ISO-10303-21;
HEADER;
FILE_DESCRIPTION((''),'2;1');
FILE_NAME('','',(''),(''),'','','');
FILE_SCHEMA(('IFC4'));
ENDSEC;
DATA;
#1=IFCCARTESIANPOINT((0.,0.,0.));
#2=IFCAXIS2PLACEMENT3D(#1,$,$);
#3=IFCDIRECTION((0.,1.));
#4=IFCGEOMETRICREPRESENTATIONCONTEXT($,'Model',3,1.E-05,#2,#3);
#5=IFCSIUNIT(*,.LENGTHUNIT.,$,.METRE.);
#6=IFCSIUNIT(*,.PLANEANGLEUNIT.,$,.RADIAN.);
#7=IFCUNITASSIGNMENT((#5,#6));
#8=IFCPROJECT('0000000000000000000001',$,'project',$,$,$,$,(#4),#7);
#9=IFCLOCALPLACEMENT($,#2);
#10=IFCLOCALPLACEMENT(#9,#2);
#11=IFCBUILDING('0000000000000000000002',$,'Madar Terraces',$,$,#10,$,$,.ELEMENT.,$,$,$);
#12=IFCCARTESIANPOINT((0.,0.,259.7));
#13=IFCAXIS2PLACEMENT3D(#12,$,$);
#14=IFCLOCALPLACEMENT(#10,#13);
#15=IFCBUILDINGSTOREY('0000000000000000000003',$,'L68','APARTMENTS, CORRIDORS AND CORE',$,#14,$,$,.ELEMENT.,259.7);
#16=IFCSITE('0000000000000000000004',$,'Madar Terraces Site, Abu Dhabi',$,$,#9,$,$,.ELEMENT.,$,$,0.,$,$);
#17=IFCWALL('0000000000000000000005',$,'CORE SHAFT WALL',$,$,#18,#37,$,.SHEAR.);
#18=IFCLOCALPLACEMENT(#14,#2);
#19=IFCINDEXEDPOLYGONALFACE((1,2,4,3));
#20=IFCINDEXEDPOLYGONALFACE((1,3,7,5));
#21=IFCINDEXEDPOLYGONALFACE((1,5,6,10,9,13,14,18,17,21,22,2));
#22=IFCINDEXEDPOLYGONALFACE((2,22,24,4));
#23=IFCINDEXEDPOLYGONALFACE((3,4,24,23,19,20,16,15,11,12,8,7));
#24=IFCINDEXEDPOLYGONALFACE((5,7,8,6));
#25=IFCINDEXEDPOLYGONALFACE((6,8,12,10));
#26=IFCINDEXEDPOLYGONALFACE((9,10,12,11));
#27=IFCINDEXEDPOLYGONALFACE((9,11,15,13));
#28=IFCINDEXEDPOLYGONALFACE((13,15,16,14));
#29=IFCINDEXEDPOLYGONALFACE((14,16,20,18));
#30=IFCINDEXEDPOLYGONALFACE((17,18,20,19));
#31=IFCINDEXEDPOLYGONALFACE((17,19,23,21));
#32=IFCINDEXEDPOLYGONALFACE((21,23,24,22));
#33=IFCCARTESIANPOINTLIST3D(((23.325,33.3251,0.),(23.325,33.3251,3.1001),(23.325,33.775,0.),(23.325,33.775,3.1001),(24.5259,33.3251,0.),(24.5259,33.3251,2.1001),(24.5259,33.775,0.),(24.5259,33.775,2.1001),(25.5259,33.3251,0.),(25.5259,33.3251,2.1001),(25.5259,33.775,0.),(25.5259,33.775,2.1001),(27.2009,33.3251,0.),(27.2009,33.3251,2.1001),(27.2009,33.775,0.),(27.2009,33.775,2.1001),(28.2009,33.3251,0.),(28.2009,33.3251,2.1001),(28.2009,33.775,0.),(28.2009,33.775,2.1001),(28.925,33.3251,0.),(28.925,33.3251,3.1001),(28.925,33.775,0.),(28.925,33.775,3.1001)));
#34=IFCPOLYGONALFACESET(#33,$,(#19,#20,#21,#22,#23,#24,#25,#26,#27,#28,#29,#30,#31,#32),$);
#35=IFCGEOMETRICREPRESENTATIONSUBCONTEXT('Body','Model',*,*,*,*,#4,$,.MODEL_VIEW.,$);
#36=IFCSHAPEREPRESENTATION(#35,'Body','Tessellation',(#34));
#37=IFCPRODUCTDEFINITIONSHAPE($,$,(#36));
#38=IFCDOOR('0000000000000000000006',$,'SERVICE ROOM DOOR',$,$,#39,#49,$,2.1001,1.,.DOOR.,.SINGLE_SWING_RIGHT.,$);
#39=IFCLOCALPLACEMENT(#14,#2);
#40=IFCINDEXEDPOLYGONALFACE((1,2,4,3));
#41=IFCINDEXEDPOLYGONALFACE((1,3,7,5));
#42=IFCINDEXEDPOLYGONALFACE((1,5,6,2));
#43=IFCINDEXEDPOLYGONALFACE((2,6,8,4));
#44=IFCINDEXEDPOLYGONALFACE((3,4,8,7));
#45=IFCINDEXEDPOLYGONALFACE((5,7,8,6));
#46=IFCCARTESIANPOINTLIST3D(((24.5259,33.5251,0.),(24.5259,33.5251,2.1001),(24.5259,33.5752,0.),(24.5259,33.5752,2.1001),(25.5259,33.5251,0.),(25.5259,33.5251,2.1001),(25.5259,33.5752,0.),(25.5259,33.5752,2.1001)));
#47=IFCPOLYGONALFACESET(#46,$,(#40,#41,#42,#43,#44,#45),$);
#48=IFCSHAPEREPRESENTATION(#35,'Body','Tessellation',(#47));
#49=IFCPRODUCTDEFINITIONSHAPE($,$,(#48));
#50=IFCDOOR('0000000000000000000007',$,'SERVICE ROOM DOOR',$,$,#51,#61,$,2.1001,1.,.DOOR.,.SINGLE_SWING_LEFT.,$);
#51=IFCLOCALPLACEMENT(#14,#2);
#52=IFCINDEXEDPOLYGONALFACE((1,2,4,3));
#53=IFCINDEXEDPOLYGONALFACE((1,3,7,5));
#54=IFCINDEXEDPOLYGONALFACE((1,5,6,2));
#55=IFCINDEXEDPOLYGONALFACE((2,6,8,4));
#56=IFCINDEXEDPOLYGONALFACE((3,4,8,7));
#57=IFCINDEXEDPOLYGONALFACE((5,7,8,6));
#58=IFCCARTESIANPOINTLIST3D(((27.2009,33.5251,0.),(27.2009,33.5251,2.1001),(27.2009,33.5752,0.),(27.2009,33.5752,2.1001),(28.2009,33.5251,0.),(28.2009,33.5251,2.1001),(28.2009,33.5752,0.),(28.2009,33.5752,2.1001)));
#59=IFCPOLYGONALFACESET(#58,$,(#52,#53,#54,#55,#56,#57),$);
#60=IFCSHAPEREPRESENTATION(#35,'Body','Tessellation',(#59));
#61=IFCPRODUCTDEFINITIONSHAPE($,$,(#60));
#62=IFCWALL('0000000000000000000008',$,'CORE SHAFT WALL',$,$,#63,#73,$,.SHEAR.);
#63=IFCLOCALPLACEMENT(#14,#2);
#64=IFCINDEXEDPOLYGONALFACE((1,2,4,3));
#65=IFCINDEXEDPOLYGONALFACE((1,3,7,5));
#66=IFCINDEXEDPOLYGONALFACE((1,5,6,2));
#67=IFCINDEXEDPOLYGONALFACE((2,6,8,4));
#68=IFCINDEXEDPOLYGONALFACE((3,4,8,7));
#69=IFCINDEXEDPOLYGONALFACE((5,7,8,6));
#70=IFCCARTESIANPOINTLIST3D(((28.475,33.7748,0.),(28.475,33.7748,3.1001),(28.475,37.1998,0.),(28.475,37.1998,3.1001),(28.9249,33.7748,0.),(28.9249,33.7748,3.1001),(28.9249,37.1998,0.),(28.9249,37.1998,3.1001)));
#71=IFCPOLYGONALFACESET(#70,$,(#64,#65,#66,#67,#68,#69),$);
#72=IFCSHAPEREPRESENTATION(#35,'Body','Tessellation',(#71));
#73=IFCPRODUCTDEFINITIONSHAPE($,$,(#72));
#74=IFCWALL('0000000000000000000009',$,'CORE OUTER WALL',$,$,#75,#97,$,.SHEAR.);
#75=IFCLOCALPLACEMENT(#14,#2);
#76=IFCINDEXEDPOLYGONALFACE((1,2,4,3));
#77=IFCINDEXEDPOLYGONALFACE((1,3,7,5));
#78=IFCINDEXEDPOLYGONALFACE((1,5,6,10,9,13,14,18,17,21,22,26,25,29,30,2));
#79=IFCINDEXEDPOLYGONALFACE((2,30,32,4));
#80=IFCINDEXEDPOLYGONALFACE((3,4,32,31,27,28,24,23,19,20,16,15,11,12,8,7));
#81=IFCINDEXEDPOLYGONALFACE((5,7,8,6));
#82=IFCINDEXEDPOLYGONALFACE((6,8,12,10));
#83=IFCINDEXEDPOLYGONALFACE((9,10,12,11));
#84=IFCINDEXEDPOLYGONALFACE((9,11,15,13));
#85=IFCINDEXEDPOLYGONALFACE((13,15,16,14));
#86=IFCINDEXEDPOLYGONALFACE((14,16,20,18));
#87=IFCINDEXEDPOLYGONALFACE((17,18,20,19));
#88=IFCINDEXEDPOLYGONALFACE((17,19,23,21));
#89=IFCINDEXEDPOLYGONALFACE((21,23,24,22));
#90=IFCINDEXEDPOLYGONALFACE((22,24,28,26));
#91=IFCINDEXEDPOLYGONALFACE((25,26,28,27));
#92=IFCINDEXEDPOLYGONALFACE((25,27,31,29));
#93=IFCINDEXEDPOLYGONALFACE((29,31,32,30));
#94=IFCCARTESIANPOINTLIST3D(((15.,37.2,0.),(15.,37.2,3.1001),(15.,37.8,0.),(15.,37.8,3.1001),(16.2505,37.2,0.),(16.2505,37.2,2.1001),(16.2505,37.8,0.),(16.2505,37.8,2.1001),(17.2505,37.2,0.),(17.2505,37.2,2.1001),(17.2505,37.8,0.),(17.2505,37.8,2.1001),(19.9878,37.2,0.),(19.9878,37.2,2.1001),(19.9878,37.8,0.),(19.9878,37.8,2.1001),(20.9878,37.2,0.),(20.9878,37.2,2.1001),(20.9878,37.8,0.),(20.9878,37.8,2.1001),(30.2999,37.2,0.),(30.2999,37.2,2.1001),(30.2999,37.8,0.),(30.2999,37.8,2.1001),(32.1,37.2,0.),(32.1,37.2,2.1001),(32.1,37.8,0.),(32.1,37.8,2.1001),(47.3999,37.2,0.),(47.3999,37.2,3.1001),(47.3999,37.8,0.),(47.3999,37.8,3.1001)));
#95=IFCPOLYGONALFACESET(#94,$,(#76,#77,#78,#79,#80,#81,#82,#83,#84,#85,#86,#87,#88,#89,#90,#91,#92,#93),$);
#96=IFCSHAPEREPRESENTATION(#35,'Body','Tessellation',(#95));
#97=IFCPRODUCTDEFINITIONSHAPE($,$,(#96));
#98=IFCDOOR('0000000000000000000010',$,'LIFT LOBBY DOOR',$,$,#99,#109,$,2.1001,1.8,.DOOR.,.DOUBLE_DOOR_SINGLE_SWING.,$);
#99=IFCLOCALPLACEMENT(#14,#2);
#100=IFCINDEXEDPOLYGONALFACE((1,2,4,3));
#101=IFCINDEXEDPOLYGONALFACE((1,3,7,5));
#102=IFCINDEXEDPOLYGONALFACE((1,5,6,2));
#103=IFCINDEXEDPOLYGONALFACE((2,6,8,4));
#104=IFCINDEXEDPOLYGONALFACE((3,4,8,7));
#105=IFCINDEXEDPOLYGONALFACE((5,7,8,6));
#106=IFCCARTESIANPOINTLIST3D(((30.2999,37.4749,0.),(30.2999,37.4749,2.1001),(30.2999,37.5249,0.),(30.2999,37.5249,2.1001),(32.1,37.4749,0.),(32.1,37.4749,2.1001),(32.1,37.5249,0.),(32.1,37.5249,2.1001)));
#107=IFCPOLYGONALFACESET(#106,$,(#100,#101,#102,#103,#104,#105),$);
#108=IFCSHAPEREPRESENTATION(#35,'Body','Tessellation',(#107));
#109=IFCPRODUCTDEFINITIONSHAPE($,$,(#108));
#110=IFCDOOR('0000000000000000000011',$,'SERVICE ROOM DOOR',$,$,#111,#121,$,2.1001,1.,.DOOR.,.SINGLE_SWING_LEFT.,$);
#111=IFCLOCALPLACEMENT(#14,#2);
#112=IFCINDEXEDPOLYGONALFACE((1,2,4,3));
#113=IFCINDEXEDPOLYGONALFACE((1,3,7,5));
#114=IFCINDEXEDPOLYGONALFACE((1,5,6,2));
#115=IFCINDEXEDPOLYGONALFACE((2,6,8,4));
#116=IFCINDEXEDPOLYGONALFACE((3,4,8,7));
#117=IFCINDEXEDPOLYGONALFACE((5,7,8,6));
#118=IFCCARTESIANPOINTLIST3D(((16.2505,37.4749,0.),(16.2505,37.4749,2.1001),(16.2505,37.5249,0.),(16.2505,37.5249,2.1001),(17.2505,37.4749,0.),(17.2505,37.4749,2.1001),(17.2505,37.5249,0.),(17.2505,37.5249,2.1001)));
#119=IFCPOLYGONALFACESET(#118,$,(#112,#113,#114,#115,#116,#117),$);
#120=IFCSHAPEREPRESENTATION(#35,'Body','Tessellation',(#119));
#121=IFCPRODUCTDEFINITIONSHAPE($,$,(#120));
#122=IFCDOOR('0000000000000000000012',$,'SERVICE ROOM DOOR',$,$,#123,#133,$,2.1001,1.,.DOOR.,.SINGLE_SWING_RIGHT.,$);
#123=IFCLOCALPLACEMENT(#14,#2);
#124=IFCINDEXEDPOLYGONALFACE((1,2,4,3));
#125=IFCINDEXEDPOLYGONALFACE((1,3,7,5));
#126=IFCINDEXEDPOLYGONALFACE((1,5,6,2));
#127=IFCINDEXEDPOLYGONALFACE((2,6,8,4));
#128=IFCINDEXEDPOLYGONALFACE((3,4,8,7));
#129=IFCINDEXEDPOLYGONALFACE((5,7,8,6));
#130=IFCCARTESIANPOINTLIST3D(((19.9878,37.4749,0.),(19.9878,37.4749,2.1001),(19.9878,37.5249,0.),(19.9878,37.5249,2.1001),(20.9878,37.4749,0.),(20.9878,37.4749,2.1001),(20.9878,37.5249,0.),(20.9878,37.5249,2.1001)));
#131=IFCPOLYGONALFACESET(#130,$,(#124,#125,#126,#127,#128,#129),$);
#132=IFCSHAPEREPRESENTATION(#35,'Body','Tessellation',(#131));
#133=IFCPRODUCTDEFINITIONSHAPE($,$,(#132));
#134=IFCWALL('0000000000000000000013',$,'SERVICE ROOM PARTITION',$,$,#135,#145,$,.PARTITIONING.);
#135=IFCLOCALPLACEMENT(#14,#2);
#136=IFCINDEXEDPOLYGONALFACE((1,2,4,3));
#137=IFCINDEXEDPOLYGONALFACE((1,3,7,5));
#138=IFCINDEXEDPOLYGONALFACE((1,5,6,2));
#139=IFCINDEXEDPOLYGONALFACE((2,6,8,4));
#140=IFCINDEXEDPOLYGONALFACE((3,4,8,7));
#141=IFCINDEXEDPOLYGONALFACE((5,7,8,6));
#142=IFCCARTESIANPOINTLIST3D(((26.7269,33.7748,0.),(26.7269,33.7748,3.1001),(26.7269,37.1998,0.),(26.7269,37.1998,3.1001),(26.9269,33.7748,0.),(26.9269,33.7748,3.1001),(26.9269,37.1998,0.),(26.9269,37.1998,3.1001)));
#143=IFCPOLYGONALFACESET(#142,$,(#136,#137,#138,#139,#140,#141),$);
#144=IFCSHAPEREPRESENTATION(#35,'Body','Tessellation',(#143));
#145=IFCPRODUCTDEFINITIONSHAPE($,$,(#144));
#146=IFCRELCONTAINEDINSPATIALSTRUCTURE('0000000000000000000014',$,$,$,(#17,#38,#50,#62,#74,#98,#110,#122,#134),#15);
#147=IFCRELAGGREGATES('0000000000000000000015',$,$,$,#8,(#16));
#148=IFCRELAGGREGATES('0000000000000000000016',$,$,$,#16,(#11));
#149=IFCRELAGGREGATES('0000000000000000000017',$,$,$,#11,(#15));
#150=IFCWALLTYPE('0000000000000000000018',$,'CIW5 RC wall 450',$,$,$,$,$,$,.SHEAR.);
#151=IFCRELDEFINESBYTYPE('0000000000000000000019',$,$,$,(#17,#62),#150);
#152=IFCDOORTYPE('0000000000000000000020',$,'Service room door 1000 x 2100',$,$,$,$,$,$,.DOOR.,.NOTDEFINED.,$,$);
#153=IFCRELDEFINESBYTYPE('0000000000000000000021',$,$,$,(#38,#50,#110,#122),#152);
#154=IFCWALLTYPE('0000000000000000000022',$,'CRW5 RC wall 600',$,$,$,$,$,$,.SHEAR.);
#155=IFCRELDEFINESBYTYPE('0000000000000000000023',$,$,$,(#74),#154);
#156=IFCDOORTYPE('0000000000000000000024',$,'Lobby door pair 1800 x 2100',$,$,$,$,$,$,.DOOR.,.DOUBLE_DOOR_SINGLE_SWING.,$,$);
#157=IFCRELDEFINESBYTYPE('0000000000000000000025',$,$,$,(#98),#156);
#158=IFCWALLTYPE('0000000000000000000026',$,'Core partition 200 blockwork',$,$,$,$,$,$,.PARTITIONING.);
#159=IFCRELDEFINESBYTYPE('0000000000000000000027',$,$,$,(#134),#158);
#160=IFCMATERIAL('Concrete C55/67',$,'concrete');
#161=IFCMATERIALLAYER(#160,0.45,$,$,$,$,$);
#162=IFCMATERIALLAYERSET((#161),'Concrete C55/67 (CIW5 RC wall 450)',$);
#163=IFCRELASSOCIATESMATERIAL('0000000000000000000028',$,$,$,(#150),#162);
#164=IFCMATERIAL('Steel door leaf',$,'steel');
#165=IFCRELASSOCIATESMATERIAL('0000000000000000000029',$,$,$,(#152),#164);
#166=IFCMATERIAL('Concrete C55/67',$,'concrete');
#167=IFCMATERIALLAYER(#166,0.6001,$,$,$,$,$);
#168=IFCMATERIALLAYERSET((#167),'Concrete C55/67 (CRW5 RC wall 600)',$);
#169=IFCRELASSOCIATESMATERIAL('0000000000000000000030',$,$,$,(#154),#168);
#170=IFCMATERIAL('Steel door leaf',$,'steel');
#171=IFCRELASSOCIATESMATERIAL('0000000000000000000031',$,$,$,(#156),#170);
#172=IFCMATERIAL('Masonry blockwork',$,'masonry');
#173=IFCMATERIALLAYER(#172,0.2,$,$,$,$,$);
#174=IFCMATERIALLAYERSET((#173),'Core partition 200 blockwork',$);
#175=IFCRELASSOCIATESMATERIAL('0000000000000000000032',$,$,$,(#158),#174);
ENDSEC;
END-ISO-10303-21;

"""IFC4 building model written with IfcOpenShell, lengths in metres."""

from ifc_helpers import new_model, si_unit, direction, frame, frame_2d, origin, place, context, subcontext, project, spatial, rectangle, extrude, material, layer, layer_set, type_object, element, fill, save


model = new_model("IFC4")

# Units and contexts
model_context = context("Model", 3, precision=1e-05, world=origin(), true_north=direction((0.0, 1.0)))
body_context = subcontext(model_context, "Body", "Model", "MODEL_VIEW")
ifc_project = project(units=[si_unit("LENGTHUNIT", "METRE"), si_unit("PLANEANGLEUNIT", "RADIAN")], contexts=[model_context])

# Site, building, storey
site_placement = place(None, origin())
site = spatial("IfcSite", under=ifc_project, at=site_placement, Name="Madar Terraces Site, Abu Dhabi", CompositionType="ELEMENT", RefElevation=0.0)
building_placement = place(site_placement, origin())
building = spatial("IfcBuilding", under=site, at=building_placement, Name="Madar Terraces", CompositionType="ELEMENT")
storey_placement = place(building_placement, frame((0.0, 0.0, 259.7)))
storey = spatial("IfcBuildingStorey", under=building, at=storey_placement, Name="L68", Description="APARTMENTS, CORRIDORS AND CORE", CompositionType="ELEMENT", Elevation=259.7)

# Wall, openings, doors
ifc_material_1 = material(Name="Concrete C55/67", Category="concrete")
ifc_layer_1 = layer(ifc_material_1, 0.45)
ifc_layer_set_1 = layer_set([ifc_layer_1], Name="Concrete C55/67 (CIW5 RC wall 450)")
wall_type_1 = type_object("IfcWallType", Name="CIW5 RC wall 450", PredefinedType="SHEAR", material=ifc_layer_set_1)
wall_1_placement = place(storey_placement, frame((23.325, 33.55, 0.0), z_axis=(0.0, 0.0, 1.0), x_axis=(1.0, 0.0, 0.0)))
wall_1 = element("IfcWall", 1, at=wall_1_placement, inside=storey, type_object=wall_type_1, Name="CORE SHAFT WALL", PredefinedType="SHEAR", context=body_context, shape_type="SweptSolid", body=[
    extrude(rectangle(XDim=5.6001, YDim=0.45, at=frame_2d((2.8, 0.0))), origin(), (0.0, 0.0, 1.0), 3.1001),
])
opening_1_placement = place(wall_1_placement, frame((1.2009, 0.0, 0.0)))
opening_1 = element("IfcOpeningElement", 2, at=opening_1_placement, cuts=wall_1, PredefinedType="OPENING", context=body_context, shape_type="SweptSolid", body=[
    extrude(rectangle(XDim=1.0, YDim=2.1001, at=frame_2d((0.5, 1.05))), frame((0.0, 0.2349, 0.0), z_axis=(0.0, -1.0, 0.0), x_axis=(1.0, 0.0, 0.0)), (0.0, 0.0, 1.0), 0.47),
])
opening_2_placement = place(wall_1_placement, frame((3.876, 0.0, 0.0)))
opening_2 = element("IfcOpeningElement", 3, at=opening_2_placement, cuts=wall_1, PredefinedType="OPENING", context=body_context, shape_type="SweptSolid", body=[
    extrude(rectangle(XDim=1.0, YDim=2.1001, at=frame_2d((0.5, 1.05))), frame((0.0, 0.2349, 0.0), z_axis=(0.0, -1.0, 0.0), x_axis=(1.0, 0.0, 0.0)), (0.0, 0.0, 1.0), 0.47),
])
ifc_material_2 = material(Name="Steel door leaf", Category="steel")
door_type_1 = type_object("IfcDoorType", Name="Service room door 1000 x 2100", OperationType="NOTDEFINED", PredefinedType="DOOR", material=ifc_material_2)
door_1_placement = place(opening_1_placement, frame((1.0, 0.0, 0.0), z_axis=(0.0, 0.0, 1.0), x_axis=(-1.0, 0.0, 0.0)))
door_1 = element("IfcDoor", 4, at=door_1_placement, inside=storey, type_object=door_type_1, Name="SERVICE ROOM DOOR", OperationType="SINGLE_SWING_RIGHT", OverallHeight=2.1001, OverallWidth=1.0, PredefinedType="DOOR", context=body_context, shape_type="SweptSolid", body=[
    extrude(rectangle(XDim=1.0, YDim=2.1001, at=frame_2d((0.5, 1.05))), frame((0.0, 0.0249, 0.0), z_axis=(0.0, -1.0, 0.0), x_axis=(1.0, 0.0, 0.0)), (0.0, 0.0, 1.0), 0.05),
])
fill(opening_1, door_1)
door_2_placement = place(opening_2_placement, frame((1.0, 0.0, 0.0), z_axis=(0.0, 0.0, 1.0), x_axis=(-1.0, 0.0, 0.0)))
door_2 = element("IfcDoor", 5, at=door_2_placement, inside=storey, type_object=door_type_1, Name="SERVICE ROOM DOOR", OperationType="SINGLE_SWING_LEFT", OverallHeight=2.1001, OverallWidth=1.0, PredefinedType="DOOR", context=body_context, shape_type="SweptSolid", body=[
    extrude(rectangle(XDim=1.0, YDim=2.1001, at=frame_2d((0.5, 1.05))), frame((0.0, 0.0249, 0.0), z_axis=(0.0, -1.0, 0.0), x_axis=(1.0, 0.0, 0.0)), (0.0, 0.0, 1.0), 0.05),
])
fill(opening_2, door_2)

# Wall
wall_2_placement = place(storey_placement, frame((28.7, 33.7749, 0.0), z_axis=(0.0, 0.0, 1.0), x_axis=(0.0, 1.0, 0.0)))
element("IfcWall", 6, at=wall_2_placement, inside=storey, type_object=wall_type_1, Name="CORE SHAFT WALL", PredefinedType="SHEAR", context=body_context, shape_type="SweptSolid", body=[
    extrude(rectangle(XDim=3.425, YDim=0.45, at=frame_2d((1.7124, 0.0))), origin(), (0.0, 0.0, 1.0), 3.1001),
])

# Wall, openings, doors
ifc_material_3 = material(Name="Concrete C55/67", Category="concrete")
ifc_layer_2 = layer(ifc_material_3, 0.6001)
ifc_layer_set_2 = layer_set([ifc_layer_2], Name="Concrete C55/67 (CRW5 RC wall 600)")
wall_type_2 = type_object("IfcWallType", Name="CRW5 RC wall 600", PredefinedType="SHEAR", material=ifc_layer_set_2)
wall_3_placement = place(storey_placement, frame((15.0, 37.5, 0.0), z_axis=(0.0, 0.0, 1.0), x_axis=(1.0, 0.0, 0.0)))
wall_3 = element("IfcWall", 7, at=wall_3_placement, inside=storey, type_object=wall_type_2, Name="CORE OUTER WALL", PredefinedType="SHEAR", context=body_context, shape_type="SweptSolid", body=[
    extrude(rectangle(XDim=32.3999, YDim=0.6001, at=frame_2d((16.2, 0.0))), origin(), (0.0, 0.0, 1.0), 3.1001),
])
opening_3_placement = place(wall_3_placement, frame((15.3, 0.0, 0.0)))
opening_3 = element("IfcOpeningElement", 8, at=opening_3_placement, cuts=wall_3, PredefinedType="OPENING", context=body_context, shape_type="SweptSolid", body=[
    extrude(rectangle(XDim=1.8, YDim=2.1001, at=frame_2d((0.8999, 1.05))), frame((0.0, 0.3101, 0.0), z_axis=(0.0, -1.0, 0.0), x_axis=(1.0, 0.0, 0.0)), (0.0, 0.0, 1.0), 0.6201),
])
opening_4_placement = place(wall_3_placement, frame((1.2505, 0.0, 0.0)))
opening_4 = element("IfcOpeningElement", 9, at=opening_4_placement, cuts=wall_3, PredefinedType="OPENING", context=body_context, shape_type="SweptSolid", body=[
    extrude(rectangle(XDim=1.0, YDim=2.1001, at=frame_2d((0.5, 1.05))), frame((0.0, 0.3101, 0.0), z_axis=(0.0, -1.0, 0.0), x_axis=(1.0, 0.0, 0.0)), (0.0, 0.0, 1.0), 0.6201),
])
opening_5_placement = place(wall_3_placement, frame((4.9878, 0.0, 0.0)))
opening_5 = element("IfcOpeningElement", 10, at=opening_5_placement, cuts=wall_3, PredefinedType="OPENING", context=body_context, shape_type="SweptSolid", body=[
    extrude(rectangle(XDim=1.0, YDim=2.1001, at=frame_2d((0.5, 1.05))), frame((0.0, 0.3101, 0.0), z_axis=(0.0, -1.0, 0.0), x_axis=(1.0, 0.0, 0.0)), (0.0, 0.0, 1.0), 0.6201),
])
ifc_material_4 = material(Name="Steel door leaf", Category="steel")
door_type_2 = type_object("IfcDoorType", Name="Lobby door pair 1800 x 2100", OperationType="DOUBLE_DOOR_SINGLE_SWING", PredefinedType="DOOR", material=ifc_material_4)
door_3_placement = place(opening_3_placement, origin())
door_3 = element("IfcDoor", 11, at=door_3_placement, inside=storey, type_object=door_type_2, Name="LIFT LOBBY DOOR", OperationType="DOUBLE_DOOR_SINGLE_SWING", OverallHeight=2.1001, OverallWidth=1.8, PredefinedType="DOOR", context=body_context, shape_type="SweptSolid", body=[
    extrude(rectangle(XDim=1.8, YDim=2.1001, at=frame_2d((0.8999, 1.05))), frame((0.0, 0.0249, 0.0), z_axis=(0.0, -1.0, 0.0), x_axis=(1.0, 0.0, 0.0)), (0.0, 0.0, 1.0), 0.05),
])
fill(opening_3, door_3)
door_4_placement = place(opening_4_placement, origin())
door_4 = element("IfcDoor", 12, at=door_4_placement, inside=storey, type_object=door_type_1, Name="SERVICE ROOM DOOR", OperationType="SINGLE_SWING_LEFT", OverallHeight=2.1001, OverallWidth=1.0, PredefinedType="DOOR", context=body_context, shape_type="SweptSolid", body=[
    extrude(rectangle(XDim=1.0, YDim=2.1001, at=frame_2d((0.5, 1.05))), frame((0.0, 0.0249, 0.0), z_axis=(0.0, -1.0, 0.0), x_axis=(1.0, 0.0, 0.0)), (0.0, 0.0, 1.0), 0.05),
])
fill(opening_4, door_4)
door_5_placement = place(opening_5_placement, origin())
door_5 = element("IfcDoor", 13, at=door_5_placement, inside=storey, type_object=door_type_1, Name="SERVICE ROOM DOOR", OperationType="SINGLE_SWING_RIGHT", OverallHeight=2.1001, OverallWidth=1.0, PredefinedType="DOOR", context=body_context, shape_type="SweptSolid", body=[
    extrude(rectangle(XDim=1.0, YDim=2.1001, at=frame_2d((0.5, 1.05))), frame((0.0, 0.0249, 0.0), z_axis=(0.0, -1.0, 0.0), x_axis=(1.0, 0.0, 0.0)), (0.0, 0.0, 1.0), 0.05),
])
fill(opening_5, door_5)

# Wall
ifc_material_5 = material(Name="Masonry blockwork", Category="masonry")
ifc_layer_3 = layer(ifc_material_5, 0.2)
ifc_layer_set_3 = layer_set([ifc_layer_3], Name="Core partition 200 blockwork")
wall_type_3 = type_object("IfcWallType", Name="Core partition 200 blockwork", PredefinedType="PARTITIONING", material=ifc_layer_set_3)
wall_4_placement = place(storey_placement, frame((26.8269, 33.7749, 0.0), z_axis=(0.0, 0.0, 1.0), x_axis=(0.0, 1.0, 0.0)))
element("IfcWall", 14, at=wall_4_placement, inside=storey, type_object=wall_type_3, Name="SERVICE ROOM PARTITION", PredefinedType="PARTITIONING", context=body_context, shape_type="SweptSolid", body=[
    extrude(rectangle(XDim=3.425, YDim=0.2, at=frame_2d((1.7124, 0.0))), origin(), (0.0, 0.0, 1.0), 3.1001),
])

save(model, "model.ifc")
